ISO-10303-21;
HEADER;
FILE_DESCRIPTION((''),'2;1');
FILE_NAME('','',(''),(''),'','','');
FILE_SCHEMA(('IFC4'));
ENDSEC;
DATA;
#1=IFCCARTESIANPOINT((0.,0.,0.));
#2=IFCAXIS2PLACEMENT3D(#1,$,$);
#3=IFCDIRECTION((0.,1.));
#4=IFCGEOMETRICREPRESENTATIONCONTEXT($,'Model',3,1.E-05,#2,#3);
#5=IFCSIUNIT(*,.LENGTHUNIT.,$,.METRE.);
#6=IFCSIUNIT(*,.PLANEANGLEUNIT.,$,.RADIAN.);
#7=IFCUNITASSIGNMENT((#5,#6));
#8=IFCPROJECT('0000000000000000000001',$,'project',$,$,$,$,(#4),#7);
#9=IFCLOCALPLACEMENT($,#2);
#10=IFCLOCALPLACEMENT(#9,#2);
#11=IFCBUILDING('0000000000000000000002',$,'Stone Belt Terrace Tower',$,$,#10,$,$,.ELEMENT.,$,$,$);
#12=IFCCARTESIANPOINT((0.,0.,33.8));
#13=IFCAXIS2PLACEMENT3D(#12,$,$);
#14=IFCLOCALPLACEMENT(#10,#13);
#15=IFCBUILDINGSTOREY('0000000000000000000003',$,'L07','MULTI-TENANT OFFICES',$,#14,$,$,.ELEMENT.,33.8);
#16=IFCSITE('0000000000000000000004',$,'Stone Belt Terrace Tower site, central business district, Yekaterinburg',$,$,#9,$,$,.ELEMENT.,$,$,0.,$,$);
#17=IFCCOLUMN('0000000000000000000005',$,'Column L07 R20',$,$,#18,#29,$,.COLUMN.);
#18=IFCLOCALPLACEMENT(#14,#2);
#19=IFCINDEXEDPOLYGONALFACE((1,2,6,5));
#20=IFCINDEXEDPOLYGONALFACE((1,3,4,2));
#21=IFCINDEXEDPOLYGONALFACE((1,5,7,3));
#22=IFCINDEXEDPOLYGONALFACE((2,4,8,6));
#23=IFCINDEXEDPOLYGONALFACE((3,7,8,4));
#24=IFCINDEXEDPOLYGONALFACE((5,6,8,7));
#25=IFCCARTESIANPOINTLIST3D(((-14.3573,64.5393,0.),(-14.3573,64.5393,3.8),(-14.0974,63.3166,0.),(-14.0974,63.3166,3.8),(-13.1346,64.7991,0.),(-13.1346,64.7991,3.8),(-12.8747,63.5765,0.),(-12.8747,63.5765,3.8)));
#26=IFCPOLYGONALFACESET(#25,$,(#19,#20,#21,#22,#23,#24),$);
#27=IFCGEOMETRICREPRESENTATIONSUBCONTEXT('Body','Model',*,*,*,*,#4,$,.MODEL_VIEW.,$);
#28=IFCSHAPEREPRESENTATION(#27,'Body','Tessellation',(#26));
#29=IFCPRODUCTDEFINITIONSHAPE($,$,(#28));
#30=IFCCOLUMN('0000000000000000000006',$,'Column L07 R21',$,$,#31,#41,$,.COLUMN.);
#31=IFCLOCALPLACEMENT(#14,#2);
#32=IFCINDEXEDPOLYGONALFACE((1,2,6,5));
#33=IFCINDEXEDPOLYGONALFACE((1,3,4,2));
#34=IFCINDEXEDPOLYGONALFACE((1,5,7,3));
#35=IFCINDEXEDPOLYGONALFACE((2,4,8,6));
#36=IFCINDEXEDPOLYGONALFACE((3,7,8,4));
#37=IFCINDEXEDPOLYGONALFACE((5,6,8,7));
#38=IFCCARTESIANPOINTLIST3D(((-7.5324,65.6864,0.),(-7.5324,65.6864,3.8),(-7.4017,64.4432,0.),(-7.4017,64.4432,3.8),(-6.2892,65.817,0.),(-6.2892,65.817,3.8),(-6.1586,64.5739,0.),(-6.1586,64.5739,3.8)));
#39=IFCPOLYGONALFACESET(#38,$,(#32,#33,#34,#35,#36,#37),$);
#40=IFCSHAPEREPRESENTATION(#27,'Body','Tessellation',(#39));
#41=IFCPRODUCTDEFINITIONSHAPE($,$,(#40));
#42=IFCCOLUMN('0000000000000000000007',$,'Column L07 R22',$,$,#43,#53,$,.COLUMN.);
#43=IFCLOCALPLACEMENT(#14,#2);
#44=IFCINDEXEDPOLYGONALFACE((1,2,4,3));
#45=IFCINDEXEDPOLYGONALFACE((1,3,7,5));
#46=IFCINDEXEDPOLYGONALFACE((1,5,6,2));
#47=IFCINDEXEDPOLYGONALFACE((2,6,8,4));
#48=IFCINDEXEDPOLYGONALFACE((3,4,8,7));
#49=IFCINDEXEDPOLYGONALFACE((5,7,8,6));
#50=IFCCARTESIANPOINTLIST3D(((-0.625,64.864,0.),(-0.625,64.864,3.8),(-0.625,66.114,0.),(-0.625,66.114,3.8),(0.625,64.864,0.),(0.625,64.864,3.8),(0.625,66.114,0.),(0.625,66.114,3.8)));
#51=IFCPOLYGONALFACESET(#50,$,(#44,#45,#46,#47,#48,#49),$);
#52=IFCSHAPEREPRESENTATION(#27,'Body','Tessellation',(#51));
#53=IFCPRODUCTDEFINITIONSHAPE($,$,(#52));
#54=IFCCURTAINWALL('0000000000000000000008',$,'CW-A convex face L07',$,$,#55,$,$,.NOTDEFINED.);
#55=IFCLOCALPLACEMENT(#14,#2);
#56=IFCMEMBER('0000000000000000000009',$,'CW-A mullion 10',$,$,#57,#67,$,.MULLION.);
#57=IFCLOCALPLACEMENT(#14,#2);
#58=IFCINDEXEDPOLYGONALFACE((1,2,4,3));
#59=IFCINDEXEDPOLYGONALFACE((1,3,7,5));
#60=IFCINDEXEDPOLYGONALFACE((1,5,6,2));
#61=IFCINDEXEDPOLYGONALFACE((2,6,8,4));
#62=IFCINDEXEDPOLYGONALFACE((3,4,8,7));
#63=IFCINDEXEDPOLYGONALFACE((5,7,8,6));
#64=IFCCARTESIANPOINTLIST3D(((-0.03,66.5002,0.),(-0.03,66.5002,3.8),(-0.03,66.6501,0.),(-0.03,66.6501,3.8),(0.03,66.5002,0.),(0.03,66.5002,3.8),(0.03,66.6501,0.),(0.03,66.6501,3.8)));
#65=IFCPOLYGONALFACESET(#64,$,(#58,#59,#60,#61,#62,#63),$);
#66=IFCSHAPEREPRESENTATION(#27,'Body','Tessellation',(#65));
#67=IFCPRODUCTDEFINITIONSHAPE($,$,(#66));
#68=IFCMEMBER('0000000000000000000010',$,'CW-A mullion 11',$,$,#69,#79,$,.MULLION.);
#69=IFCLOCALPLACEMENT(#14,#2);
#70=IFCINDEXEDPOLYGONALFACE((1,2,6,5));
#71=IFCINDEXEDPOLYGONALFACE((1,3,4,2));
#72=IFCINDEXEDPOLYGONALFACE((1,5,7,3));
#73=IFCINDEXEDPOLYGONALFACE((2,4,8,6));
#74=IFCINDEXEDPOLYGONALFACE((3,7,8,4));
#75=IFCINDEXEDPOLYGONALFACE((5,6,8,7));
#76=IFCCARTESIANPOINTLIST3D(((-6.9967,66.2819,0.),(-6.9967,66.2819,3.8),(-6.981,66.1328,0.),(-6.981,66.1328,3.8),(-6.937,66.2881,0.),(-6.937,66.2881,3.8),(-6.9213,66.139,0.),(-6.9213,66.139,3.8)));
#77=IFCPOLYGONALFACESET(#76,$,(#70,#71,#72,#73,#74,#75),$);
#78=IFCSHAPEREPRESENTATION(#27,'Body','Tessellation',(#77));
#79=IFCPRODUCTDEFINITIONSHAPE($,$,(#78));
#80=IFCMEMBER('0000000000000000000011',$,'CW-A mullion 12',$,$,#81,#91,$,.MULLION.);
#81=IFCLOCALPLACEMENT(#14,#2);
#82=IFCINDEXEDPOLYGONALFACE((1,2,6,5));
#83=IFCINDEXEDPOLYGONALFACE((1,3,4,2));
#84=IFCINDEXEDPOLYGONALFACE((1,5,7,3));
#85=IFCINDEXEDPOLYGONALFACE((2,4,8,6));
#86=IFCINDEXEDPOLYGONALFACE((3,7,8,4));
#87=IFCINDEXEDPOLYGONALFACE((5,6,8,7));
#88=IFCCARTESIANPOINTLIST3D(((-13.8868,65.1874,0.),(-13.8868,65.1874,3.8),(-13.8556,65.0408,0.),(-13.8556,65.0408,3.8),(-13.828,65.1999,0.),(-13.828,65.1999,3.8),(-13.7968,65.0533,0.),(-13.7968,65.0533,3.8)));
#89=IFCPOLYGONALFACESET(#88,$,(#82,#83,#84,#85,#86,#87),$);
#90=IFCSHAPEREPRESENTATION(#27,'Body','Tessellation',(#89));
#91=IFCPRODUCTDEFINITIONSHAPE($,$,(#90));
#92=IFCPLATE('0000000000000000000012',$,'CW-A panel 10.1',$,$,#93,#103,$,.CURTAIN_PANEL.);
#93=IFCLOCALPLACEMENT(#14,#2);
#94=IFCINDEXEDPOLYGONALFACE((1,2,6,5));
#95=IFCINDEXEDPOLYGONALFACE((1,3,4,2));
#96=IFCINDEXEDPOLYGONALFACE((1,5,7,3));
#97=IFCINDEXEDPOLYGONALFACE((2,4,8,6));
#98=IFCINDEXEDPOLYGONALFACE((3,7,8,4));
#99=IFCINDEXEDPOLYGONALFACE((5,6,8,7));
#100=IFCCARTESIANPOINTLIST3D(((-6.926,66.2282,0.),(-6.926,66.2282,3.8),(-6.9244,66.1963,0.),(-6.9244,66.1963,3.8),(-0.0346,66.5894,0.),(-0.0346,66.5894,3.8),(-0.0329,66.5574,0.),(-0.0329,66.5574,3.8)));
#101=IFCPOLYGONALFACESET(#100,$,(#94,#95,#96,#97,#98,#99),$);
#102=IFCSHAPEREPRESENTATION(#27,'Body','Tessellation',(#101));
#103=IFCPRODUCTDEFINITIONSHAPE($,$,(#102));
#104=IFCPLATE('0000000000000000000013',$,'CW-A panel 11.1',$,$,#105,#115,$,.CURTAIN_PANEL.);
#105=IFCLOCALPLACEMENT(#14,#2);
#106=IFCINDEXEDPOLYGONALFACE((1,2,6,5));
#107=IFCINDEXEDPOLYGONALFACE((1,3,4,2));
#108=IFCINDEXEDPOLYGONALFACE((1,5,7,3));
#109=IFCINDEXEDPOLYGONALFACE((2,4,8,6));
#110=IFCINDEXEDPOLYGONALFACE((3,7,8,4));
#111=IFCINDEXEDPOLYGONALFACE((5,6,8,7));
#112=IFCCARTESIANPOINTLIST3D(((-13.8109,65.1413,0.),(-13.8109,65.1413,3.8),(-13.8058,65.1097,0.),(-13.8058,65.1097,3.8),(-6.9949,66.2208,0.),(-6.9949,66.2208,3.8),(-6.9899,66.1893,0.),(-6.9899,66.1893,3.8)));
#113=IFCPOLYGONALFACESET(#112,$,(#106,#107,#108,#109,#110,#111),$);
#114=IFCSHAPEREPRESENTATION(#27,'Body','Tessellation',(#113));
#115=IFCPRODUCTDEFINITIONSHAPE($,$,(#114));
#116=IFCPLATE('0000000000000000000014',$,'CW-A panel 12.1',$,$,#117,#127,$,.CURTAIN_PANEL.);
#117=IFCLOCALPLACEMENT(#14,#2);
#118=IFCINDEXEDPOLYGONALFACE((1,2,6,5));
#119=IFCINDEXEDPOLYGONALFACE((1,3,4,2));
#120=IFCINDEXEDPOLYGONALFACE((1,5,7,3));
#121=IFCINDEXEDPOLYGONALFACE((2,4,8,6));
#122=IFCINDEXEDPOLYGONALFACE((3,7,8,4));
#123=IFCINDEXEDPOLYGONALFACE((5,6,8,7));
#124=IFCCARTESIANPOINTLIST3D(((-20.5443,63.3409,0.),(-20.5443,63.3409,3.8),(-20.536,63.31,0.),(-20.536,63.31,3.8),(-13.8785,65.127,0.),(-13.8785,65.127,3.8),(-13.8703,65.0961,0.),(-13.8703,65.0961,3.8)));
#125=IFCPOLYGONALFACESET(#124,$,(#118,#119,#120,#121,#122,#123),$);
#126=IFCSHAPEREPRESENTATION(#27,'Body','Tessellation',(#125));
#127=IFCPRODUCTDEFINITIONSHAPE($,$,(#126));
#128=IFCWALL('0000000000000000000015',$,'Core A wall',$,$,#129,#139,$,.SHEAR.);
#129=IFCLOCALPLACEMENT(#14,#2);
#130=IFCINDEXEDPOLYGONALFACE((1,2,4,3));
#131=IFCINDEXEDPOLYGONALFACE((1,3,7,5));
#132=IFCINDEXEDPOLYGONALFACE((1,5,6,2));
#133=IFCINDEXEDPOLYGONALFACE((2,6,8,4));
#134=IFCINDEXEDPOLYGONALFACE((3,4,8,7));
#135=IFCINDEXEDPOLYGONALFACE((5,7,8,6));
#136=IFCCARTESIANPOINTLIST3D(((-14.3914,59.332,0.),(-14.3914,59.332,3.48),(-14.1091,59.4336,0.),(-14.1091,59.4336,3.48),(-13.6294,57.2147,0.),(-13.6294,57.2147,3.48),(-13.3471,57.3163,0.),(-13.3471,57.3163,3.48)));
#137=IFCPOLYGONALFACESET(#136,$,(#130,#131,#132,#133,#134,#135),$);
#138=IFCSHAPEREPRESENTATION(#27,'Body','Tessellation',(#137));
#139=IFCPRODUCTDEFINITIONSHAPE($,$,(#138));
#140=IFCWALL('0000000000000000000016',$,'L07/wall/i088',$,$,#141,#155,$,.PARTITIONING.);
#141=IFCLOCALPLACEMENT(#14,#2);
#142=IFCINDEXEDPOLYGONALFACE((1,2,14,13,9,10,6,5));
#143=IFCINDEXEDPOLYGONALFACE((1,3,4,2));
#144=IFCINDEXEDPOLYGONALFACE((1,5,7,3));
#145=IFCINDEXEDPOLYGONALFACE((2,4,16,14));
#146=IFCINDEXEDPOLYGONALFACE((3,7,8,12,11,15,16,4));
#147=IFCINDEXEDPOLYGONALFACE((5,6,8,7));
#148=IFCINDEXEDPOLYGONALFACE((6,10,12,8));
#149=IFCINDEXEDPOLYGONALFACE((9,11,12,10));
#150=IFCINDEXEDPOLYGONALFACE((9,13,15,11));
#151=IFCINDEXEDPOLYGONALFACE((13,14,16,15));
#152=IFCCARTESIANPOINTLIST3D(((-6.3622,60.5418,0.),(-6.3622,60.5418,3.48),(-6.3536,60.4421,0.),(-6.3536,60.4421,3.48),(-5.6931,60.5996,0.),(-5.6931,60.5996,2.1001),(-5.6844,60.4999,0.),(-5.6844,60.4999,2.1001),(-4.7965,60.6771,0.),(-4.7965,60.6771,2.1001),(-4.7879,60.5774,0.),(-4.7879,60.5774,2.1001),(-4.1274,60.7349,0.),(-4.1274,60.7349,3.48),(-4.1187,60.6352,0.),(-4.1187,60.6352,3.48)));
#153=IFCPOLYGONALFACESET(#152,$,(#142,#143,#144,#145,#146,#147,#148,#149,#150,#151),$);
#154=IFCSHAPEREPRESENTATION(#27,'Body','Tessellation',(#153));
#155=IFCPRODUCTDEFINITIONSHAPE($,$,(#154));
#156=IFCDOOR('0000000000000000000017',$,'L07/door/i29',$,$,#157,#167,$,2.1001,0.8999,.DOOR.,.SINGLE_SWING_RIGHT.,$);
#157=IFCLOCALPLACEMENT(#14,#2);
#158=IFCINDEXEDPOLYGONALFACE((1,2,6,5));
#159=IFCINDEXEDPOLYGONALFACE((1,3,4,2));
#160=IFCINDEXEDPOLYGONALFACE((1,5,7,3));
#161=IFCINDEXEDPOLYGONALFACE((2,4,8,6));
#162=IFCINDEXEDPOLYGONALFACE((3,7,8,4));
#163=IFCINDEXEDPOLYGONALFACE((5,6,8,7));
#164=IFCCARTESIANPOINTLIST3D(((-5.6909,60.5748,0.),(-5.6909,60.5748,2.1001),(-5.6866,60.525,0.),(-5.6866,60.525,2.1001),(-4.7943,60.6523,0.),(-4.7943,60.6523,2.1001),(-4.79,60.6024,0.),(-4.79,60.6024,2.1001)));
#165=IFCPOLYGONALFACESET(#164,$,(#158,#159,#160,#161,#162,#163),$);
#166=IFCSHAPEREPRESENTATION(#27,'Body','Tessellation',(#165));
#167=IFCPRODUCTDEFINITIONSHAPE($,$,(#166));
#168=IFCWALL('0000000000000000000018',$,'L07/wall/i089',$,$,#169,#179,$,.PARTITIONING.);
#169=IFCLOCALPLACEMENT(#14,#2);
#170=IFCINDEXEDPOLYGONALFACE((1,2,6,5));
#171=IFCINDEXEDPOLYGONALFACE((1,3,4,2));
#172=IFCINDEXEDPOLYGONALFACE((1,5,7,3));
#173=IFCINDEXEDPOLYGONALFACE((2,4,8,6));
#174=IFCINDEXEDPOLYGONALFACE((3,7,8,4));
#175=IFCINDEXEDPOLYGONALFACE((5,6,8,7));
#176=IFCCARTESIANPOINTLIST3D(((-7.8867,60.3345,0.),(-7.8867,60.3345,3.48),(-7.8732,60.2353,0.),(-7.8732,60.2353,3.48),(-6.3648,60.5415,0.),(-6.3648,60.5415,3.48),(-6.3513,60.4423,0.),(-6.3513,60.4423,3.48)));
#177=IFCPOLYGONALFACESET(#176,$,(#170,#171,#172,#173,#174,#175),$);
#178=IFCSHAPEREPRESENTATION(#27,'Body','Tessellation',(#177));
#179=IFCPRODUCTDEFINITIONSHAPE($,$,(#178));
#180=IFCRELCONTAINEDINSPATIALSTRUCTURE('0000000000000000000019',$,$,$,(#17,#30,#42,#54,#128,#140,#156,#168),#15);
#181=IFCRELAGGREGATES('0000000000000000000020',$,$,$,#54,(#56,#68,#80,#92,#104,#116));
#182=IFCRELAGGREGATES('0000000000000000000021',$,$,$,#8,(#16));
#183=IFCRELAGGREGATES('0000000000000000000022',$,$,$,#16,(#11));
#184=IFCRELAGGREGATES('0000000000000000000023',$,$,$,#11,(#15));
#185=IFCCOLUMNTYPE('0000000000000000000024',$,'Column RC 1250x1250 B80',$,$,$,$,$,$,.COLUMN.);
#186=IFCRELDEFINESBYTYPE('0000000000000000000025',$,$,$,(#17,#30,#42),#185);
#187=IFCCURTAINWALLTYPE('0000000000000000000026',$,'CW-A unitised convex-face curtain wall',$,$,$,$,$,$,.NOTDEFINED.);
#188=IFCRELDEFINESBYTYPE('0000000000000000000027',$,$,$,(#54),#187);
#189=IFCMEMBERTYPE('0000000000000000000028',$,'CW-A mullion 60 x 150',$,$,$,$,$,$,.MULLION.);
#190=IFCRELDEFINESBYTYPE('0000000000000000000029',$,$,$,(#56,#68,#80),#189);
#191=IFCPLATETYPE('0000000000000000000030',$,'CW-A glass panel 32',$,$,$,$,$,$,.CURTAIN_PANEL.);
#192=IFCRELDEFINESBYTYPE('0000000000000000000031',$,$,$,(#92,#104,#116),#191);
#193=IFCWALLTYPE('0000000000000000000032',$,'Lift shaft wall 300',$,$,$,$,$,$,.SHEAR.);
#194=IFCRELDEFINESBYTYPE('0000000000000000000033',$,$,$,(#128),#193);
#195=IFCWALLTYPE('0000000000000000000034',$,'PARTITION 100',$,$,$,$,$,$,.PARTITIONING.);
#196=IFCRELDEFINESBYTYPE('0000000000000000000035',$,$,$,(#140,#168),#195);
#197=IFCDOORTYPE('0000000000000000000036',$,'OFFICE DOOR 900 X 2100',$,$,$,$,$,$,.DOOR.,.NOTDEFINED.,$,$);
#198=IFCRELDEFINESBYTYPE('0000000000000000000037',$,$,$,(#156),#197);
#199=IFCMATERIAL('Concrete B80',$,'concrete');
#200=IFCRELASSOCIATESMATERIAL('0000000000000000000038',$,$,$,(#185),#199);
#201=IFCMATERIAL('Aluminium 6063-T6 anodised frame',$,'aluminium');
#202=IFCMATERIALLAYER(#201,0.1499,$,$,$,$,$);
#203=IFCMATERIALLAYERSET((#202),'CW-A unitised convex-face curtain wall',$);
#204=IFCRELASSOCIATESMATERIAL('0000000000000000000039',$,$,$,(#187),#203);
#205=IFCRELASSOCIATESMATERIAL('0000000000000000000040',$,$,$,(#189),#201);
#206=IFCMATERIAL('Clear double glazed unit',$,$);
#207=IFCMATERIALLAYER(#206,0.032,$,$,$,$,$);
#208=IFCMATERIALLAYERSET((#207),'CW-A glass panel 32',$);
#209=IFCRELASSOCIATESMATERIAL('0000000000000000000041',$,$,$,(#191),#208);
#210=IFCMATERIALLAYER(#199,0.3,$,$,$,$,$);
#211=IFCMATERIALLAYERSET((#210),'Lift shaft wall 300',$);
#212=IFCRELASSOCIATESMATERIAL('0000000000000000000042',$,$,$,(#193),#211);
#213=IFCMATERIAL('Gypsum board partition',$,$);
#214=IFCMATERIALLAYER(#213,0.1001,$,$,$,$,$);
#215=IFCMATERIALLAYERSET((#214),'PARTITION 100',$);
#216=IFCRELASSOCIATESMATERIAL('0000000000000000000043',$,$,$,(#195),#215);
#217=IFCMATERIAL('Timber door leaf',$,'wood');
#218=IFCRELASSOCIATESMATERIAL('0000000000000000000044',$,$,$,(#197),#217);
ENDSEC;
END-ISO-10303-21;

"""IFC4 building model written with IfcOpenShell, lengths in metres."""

from ifc_helpers import new_model, si_unit, direction, frame, frame_2d, origin, origin_2d, place, context, subcontext, project, spatial, rectangle, extrude, material, layer, layer_set, material_profile, profile_set, type_object, element, fill, aggregate, save


model = new_model("IFC4")

# Units and contexts
model_context = context("Model", 3, precision=1e-05, world=origin(), true_north=direction((0.0, 1.0)))
body_context = subcontext(model_context, "Body", "Model", "MODEL_VIEW")
ifc_project = project(units=[si_unit("LENGTHUNIT", "METRE"), si_unit("PLANEANGLEUNIT", "RADIAN")], contexts=[model_context])

# Site, building, storey
site_placement = place(None, origin())
site = spatial("IfcSite", under=ifc_project, at=site_placement, Name="Stone Belt Terrace Tower site, central business district, Yekaterinburg", CompositionType="ELEMENT", RefElevation=0.0)
building_placement = place(site_placement, origin())
building = spatial("IfcBuilding", under=site, at=building_placement, Name="Stone Belt Terrace Tower", CompositionType="ELEMENT")
storey_placement = place(building_placement, frame((0.0, 0.0, 33.8)))
storey = spatial("IfcBuildingStorey", under=building, at=storey_placement, Name="L07", Description="MULTI-TENANT OFFICES", CompositionType="ELEMENT", Elevation=33.8)

# Columns
ifc_material_1 = material(Name="Concrete B80", Category="concrete")
ifc_material_profile_1 = material_profile(ifc_material_1, rectangle(XDim=1.25, YDim=1.25, at=origin_2d()), Name="RC 1250x1250")
ifc_profile_set_1 = profile_set([ifc_material_profile_1], Name="Concrete B80")
column_type = type_object("IfcColumnType", Name="Column RC 1250x1250 B80", PredefinedType="COLUMN", material=ifc_profile_set_1)
for number, where, z_axis, x_axis, name in (
    (1, (-13.616, 64.0579, 0.0), (0.0, 0.0, 1.0), (0.978148, 0.207912, 0.0), "Column L07 R20"),
    (2, (-6.8455, 65.1301, 0.0), (0.0, 0.0, 1.0), (0.994522, 0.104528, 0.0), "Column L07 R21"),
    (3, (0.0, 65.489, 0.0), (0.0, 0.0, 1.0), (1.0, 0.0, 0.0), "Column L07 R22"),
):
    element("IfcColumn", number, at=place(storey_placement, frame(where, z_axis=z_axis, x_axis=x_axis)), inside=storey, type_object=column_type, Name=name, PredefinedType="COLUMN", context=body_context, shape_type="SweptSolid", body=[
        extrude(rectangle(XDim=1.25, YDim=1.25, at=origin_2d()), origin(), (0.0, 0.0, 1.0), 3.8),
    ])

# Curtain wall, members, plates
ifc_material_2 = material(Name="Aluminium 6063-T6 anodised frame", Category="aluminium")
ifc_layer_1 = layer(ifc_material_2, 0.1499)
ifc_layer_set_1 = layer_set([ifc_layer_1], Name="CW-A unitised convex-face curtain wall")
curtain_wall_type = type_object("IfcCurtainWallType", Name="CW-A unitised convex-face curtain wall", PredefinedType="NOTDEFINED", material=ifc_layer_set_1)
curtain_wall_placement = place(storey_placement, origin())
curtain_wall = element("IfcCurtainWall", 4, at=curtain_wall_placement, inside=storey, type_object=curtain_wall_type, Name="CW-A convex face L07", PredefinedType="NOTDEFINED")
ifc_material_profile_2 = material_profile(ifc_material_2, rectangle(XDim=0.1499, YDim=0.0601, at=origin_2d()), Name="Aluminium 6063-T6 60x150")
ifc_profile_set_2 = profile_set([ifc_material_profile_2], Name="Aluminium 6063-T6 anodised frame")
member_type = type_object("IfcMemberType", Name="CW-A mullion 60 x 150", PredefinedType="MULLION", material=ifc_profile_set_2)
member_1_placement = place(storey_placement, frame((0.0, 66.5752, 0.0), z_axis=(0.0, 0.0, 1.0), x_axis=(0.0, -1.0, 0.0)))
member_1 = element("IfcMember", 5, at=member_1_placement, type_object=member_type, Name="CW-A mullion 10", PredefinedType="MULLION", context=body_context, shape_type="SweptSolid", body=[
    extrude(rectangle(XDim=0.1499, YDim=0.0601, at=origin_2d()), origin(), (0.0, 0.0, 1.0), 3.8),
])
member_2_placement = place(storey_placement, frame((-6.959, 66.2104, 0.0), z_axis=(0.0, 0.0, 1.0), x_axis=(0.104528, -0.994522, 0.0)))
member_2 = element("IfcMember", 6, at=member_2_placement, type_object=member_type, Name="CW-A mullion 11", PredefinedType="MULLION", context=body_context, shape_type="SweptSolid", body=[
    extrude(rectangle(XDim=0.1499, YDim=0.0601, at=origin_2d()), origin(), (0.0, 0.0, 1.0), 3.8),
])
member_3_placement = place(storey_placement, frame((-13.8418, 65.1204, 0.0), z_axis=(0.0, 0.0, 1.0), x_axis=(0.207912, -0.978148, 0.0)))
member_3 = element("IfcMember", 7, at=member_3_placement, type_object=member_type, Name="CW-A mullion 12", PredefinedType="MULLION", context=body_context, shape_type="SweptSolid", body=[
    extrude(rectangle(XDim=0.1499, YDim=0.0601, at=origin_2d()), origin(), (0.0, 0.0, 1.0), 3.8),
])
ifc_material_3 = material(Name="Clear double glazed unit")
ifc_layer_2 = layer(ifc_material_3, 0.032)
ifc_layer_set_2 = layer_set([ifc_layer_2], Name="CW-A glass panel 32")
plate_type = type_object("IfcPlateType", Name="CW-A glass panel 32", PredefinedType="CURTAIN_PANEL", material=ifc_layer_set_2)
plate_1_placement = place(storey_placement, frame((-3.4795, 66.3928, 0.0), z_axis=(0.0, 0.0, 1.0), x_axis=(-0.99863, -0.052336, 0.0)))
plate_1 = element("IfcPlate", 8, at=plate_1_placement, type_object=plate_type, Name="CW-A panel 10.1", PredefinedType="CURTAIN_PANEL", context=body_context, shape_type="SweptSolid", body=[
    extrude(rectangle(XDim=6.9009, YDim=0.032, at=origin_2d()), origin(), (0.0, 0.0, 1.0), 3.8),
])
plate_2_placement = place(storey_placement, frame((-10.4004, 65.6653, 0.0), z_axis=(0.0, 0.0, 1.0), x_axis=(-0.987688, -0.156434, 0.0)))
plate_2 = element("IfcPlate", 9, at=plate_2_placement, type_object=plate_type, Name="CW-A panel 11.1", PredefinedType="CURTAIN_PANEL", context=body_context, shape_type="SweptSolid", body=[
    extrude(rectangle(XDim=6.9009, YDim=0.032, at=origin_2d()), origin(), (0.0, 0.0, 1.0), 3.8),
])
plate_3_placement = place(storey_placement, frame((-17.2073, 64.2185, 0.0), z_axis=(0.0, 0.0, 1.0), x_axis=(-0.965926, -0.258819, 0.0)))
plate_3 = element("IfcPlate", 10, at=plate_3_placement, type_object=plate_type, Name="CW-A panel 12.1", PredefinedType="CURTAIN_PANEL", context=body_context, shape_type="SweptSolid", body=[
    extrude(rectangle(XDim=6.9009, YDim=0.032, at=origin_2d()), origin(), (0.0, 0.0, 1.0), 3.8),
])
aggregate(curtain_wall, [member_1, member_2, member_3, plate_1, plate_2, plate_3])

# Wall
ifc_layer_3 = layer(ifc_material_1, 0.3)
ifc_layer_set_3 = layer_set([ifc_layer_3], Name="Lift shaft wall 300")
wall_type_1 = type_object("IfcWallType", Name="Lift shaft wall 300", PredefinedType="SHEAR", material=ifc_layer_set_3)
wall_1_placement = place(storey_placement, frame((-13.4883, 57.2656, 0.0), z_axis=(0.0, 0.0, 1.0), x_axis=(-0.338631, 0.940919, 0.0)))
element("IfcWall", 11, at=wall_1_placement, inside=storey, type_object=wall_type_1, Name="Core A wall", PredefinedType="SHEAR", context=body_context, shape_type="SweptSolid", body=[
    extrude(rectangle(XDim=2.2502, YDim=0.3, at=frame_2d((1.125, 0.0))), origin(), (0.0, 0.0, 1.0), 3.48),
])

# Wall, opening, door
ifc_material_4 = material(Name="Gypsum board partition")
ifc_layer_4 = layer(ifc_material_4, 0.1001)
ifc_layer_set_4 = layer_set([ifc_layer_4], Name="PARTITION 100")
wall_type_2 = type_object("IfcWallType", Name="PARTITION 100", PredefinedType="PARTITIONING", material=ifc_layer_set_4)
wall_2_placement = place(storey_placement, frame((-4.123, 60.6851, 0.0), z_axis=(0.0, 0.0, 1.0), x_axis=(-0.996287, -0.08609, 0.0)))
wall_2 = element("IfcWall", 12, at=wall_2_placement, inside=storey, type_object=wall_type_2, Name="L07/wall/i088", PredefinedType="PARTITIONING", context=body_context, shape_type="SweptSolid", body=[
    extrude(rectangle(XDim=2.2432, YDim=0.1001, at=frame_2d((1.1216, 0.0))), origin(), (0.0, 0.0, 1.0), 3.48),
])
opening_1_placement = place(wall_2_placement, frame((0.6716, 0.0, 0.0)))
opening_1 = element("IfcOpeningElement", 13, at=opening_1_placement, cuts=wall_2, PredefinedType="OPENING", context=body_context, shape_type="SweptSolid", body=[
    extrude(rectangle(XDim=0.8999, YDim=2.1001, at=frame_2d((0.45, 1.05))), frame((0.0, 0.0601, 0.0), z_axis=(0.0, -1.0, 0.0), x_axis=(1.0, 0.0, 0.0)), (0.0, 0.0, 1.0), 0.1201),
])
ifc_material_5 = material(Name="Timber door leaf", Category="wood")
door_type = type_object("IfcDoorType", Name="OFFICE DOOR 900 X 2100", OperationType="NOTDEFINED", PredefinedType="DOOR", material=ifc_material_5)
door_1_placement = place(opening_1_placement, origin())
door_1 = element("IfcDoor", 14, at=door_1_placement, inside=storey, type_object=door_type, Name="L07/door/i29", OperationType="SINGLE_SWING_RIGHT", OverallHeight=2.1001, OverallWidth=0.8999, PredefinedType="DOOR", context=body_context, shape_type="SweptSolid", body=[
    extrude(rectangle(XDim=0.8999, YDim=2.1001, at=frame_2d((0.45, 1.05))), frame((0.0, 0.0249, 0.0), z_axis=(0.0, -1.0, 0.0), x_axis=(1.0, 0.0, 0.0)), (0.0, 0.0, 1.0), 0.05),
])
fill(opening_1, door_1)

# Wall
wall_3_placement = place(storey_placement, frame((-6.3579, 60.4919, 0.0), z_axis=(0.0, 0.0, 1.0), x_axis=(-0.990875, -0.134787, 0.0)))
element("IfcWall", 15, at=wall_3_placement, inside=storey, type_object=wall_type_2, Name="L07/wall/i089", PredefinedType="PARTITIONING", context=body_context, shape_type="SweptSolid", body=[
    extrude(rectangle(XDim=1.5359, YDim=0.1001, at=frame_2d((0.7681, 0.0))), origin(), (0.0, 0.0, 1.0), 3.48),
])

save(model, "model.ifc")
